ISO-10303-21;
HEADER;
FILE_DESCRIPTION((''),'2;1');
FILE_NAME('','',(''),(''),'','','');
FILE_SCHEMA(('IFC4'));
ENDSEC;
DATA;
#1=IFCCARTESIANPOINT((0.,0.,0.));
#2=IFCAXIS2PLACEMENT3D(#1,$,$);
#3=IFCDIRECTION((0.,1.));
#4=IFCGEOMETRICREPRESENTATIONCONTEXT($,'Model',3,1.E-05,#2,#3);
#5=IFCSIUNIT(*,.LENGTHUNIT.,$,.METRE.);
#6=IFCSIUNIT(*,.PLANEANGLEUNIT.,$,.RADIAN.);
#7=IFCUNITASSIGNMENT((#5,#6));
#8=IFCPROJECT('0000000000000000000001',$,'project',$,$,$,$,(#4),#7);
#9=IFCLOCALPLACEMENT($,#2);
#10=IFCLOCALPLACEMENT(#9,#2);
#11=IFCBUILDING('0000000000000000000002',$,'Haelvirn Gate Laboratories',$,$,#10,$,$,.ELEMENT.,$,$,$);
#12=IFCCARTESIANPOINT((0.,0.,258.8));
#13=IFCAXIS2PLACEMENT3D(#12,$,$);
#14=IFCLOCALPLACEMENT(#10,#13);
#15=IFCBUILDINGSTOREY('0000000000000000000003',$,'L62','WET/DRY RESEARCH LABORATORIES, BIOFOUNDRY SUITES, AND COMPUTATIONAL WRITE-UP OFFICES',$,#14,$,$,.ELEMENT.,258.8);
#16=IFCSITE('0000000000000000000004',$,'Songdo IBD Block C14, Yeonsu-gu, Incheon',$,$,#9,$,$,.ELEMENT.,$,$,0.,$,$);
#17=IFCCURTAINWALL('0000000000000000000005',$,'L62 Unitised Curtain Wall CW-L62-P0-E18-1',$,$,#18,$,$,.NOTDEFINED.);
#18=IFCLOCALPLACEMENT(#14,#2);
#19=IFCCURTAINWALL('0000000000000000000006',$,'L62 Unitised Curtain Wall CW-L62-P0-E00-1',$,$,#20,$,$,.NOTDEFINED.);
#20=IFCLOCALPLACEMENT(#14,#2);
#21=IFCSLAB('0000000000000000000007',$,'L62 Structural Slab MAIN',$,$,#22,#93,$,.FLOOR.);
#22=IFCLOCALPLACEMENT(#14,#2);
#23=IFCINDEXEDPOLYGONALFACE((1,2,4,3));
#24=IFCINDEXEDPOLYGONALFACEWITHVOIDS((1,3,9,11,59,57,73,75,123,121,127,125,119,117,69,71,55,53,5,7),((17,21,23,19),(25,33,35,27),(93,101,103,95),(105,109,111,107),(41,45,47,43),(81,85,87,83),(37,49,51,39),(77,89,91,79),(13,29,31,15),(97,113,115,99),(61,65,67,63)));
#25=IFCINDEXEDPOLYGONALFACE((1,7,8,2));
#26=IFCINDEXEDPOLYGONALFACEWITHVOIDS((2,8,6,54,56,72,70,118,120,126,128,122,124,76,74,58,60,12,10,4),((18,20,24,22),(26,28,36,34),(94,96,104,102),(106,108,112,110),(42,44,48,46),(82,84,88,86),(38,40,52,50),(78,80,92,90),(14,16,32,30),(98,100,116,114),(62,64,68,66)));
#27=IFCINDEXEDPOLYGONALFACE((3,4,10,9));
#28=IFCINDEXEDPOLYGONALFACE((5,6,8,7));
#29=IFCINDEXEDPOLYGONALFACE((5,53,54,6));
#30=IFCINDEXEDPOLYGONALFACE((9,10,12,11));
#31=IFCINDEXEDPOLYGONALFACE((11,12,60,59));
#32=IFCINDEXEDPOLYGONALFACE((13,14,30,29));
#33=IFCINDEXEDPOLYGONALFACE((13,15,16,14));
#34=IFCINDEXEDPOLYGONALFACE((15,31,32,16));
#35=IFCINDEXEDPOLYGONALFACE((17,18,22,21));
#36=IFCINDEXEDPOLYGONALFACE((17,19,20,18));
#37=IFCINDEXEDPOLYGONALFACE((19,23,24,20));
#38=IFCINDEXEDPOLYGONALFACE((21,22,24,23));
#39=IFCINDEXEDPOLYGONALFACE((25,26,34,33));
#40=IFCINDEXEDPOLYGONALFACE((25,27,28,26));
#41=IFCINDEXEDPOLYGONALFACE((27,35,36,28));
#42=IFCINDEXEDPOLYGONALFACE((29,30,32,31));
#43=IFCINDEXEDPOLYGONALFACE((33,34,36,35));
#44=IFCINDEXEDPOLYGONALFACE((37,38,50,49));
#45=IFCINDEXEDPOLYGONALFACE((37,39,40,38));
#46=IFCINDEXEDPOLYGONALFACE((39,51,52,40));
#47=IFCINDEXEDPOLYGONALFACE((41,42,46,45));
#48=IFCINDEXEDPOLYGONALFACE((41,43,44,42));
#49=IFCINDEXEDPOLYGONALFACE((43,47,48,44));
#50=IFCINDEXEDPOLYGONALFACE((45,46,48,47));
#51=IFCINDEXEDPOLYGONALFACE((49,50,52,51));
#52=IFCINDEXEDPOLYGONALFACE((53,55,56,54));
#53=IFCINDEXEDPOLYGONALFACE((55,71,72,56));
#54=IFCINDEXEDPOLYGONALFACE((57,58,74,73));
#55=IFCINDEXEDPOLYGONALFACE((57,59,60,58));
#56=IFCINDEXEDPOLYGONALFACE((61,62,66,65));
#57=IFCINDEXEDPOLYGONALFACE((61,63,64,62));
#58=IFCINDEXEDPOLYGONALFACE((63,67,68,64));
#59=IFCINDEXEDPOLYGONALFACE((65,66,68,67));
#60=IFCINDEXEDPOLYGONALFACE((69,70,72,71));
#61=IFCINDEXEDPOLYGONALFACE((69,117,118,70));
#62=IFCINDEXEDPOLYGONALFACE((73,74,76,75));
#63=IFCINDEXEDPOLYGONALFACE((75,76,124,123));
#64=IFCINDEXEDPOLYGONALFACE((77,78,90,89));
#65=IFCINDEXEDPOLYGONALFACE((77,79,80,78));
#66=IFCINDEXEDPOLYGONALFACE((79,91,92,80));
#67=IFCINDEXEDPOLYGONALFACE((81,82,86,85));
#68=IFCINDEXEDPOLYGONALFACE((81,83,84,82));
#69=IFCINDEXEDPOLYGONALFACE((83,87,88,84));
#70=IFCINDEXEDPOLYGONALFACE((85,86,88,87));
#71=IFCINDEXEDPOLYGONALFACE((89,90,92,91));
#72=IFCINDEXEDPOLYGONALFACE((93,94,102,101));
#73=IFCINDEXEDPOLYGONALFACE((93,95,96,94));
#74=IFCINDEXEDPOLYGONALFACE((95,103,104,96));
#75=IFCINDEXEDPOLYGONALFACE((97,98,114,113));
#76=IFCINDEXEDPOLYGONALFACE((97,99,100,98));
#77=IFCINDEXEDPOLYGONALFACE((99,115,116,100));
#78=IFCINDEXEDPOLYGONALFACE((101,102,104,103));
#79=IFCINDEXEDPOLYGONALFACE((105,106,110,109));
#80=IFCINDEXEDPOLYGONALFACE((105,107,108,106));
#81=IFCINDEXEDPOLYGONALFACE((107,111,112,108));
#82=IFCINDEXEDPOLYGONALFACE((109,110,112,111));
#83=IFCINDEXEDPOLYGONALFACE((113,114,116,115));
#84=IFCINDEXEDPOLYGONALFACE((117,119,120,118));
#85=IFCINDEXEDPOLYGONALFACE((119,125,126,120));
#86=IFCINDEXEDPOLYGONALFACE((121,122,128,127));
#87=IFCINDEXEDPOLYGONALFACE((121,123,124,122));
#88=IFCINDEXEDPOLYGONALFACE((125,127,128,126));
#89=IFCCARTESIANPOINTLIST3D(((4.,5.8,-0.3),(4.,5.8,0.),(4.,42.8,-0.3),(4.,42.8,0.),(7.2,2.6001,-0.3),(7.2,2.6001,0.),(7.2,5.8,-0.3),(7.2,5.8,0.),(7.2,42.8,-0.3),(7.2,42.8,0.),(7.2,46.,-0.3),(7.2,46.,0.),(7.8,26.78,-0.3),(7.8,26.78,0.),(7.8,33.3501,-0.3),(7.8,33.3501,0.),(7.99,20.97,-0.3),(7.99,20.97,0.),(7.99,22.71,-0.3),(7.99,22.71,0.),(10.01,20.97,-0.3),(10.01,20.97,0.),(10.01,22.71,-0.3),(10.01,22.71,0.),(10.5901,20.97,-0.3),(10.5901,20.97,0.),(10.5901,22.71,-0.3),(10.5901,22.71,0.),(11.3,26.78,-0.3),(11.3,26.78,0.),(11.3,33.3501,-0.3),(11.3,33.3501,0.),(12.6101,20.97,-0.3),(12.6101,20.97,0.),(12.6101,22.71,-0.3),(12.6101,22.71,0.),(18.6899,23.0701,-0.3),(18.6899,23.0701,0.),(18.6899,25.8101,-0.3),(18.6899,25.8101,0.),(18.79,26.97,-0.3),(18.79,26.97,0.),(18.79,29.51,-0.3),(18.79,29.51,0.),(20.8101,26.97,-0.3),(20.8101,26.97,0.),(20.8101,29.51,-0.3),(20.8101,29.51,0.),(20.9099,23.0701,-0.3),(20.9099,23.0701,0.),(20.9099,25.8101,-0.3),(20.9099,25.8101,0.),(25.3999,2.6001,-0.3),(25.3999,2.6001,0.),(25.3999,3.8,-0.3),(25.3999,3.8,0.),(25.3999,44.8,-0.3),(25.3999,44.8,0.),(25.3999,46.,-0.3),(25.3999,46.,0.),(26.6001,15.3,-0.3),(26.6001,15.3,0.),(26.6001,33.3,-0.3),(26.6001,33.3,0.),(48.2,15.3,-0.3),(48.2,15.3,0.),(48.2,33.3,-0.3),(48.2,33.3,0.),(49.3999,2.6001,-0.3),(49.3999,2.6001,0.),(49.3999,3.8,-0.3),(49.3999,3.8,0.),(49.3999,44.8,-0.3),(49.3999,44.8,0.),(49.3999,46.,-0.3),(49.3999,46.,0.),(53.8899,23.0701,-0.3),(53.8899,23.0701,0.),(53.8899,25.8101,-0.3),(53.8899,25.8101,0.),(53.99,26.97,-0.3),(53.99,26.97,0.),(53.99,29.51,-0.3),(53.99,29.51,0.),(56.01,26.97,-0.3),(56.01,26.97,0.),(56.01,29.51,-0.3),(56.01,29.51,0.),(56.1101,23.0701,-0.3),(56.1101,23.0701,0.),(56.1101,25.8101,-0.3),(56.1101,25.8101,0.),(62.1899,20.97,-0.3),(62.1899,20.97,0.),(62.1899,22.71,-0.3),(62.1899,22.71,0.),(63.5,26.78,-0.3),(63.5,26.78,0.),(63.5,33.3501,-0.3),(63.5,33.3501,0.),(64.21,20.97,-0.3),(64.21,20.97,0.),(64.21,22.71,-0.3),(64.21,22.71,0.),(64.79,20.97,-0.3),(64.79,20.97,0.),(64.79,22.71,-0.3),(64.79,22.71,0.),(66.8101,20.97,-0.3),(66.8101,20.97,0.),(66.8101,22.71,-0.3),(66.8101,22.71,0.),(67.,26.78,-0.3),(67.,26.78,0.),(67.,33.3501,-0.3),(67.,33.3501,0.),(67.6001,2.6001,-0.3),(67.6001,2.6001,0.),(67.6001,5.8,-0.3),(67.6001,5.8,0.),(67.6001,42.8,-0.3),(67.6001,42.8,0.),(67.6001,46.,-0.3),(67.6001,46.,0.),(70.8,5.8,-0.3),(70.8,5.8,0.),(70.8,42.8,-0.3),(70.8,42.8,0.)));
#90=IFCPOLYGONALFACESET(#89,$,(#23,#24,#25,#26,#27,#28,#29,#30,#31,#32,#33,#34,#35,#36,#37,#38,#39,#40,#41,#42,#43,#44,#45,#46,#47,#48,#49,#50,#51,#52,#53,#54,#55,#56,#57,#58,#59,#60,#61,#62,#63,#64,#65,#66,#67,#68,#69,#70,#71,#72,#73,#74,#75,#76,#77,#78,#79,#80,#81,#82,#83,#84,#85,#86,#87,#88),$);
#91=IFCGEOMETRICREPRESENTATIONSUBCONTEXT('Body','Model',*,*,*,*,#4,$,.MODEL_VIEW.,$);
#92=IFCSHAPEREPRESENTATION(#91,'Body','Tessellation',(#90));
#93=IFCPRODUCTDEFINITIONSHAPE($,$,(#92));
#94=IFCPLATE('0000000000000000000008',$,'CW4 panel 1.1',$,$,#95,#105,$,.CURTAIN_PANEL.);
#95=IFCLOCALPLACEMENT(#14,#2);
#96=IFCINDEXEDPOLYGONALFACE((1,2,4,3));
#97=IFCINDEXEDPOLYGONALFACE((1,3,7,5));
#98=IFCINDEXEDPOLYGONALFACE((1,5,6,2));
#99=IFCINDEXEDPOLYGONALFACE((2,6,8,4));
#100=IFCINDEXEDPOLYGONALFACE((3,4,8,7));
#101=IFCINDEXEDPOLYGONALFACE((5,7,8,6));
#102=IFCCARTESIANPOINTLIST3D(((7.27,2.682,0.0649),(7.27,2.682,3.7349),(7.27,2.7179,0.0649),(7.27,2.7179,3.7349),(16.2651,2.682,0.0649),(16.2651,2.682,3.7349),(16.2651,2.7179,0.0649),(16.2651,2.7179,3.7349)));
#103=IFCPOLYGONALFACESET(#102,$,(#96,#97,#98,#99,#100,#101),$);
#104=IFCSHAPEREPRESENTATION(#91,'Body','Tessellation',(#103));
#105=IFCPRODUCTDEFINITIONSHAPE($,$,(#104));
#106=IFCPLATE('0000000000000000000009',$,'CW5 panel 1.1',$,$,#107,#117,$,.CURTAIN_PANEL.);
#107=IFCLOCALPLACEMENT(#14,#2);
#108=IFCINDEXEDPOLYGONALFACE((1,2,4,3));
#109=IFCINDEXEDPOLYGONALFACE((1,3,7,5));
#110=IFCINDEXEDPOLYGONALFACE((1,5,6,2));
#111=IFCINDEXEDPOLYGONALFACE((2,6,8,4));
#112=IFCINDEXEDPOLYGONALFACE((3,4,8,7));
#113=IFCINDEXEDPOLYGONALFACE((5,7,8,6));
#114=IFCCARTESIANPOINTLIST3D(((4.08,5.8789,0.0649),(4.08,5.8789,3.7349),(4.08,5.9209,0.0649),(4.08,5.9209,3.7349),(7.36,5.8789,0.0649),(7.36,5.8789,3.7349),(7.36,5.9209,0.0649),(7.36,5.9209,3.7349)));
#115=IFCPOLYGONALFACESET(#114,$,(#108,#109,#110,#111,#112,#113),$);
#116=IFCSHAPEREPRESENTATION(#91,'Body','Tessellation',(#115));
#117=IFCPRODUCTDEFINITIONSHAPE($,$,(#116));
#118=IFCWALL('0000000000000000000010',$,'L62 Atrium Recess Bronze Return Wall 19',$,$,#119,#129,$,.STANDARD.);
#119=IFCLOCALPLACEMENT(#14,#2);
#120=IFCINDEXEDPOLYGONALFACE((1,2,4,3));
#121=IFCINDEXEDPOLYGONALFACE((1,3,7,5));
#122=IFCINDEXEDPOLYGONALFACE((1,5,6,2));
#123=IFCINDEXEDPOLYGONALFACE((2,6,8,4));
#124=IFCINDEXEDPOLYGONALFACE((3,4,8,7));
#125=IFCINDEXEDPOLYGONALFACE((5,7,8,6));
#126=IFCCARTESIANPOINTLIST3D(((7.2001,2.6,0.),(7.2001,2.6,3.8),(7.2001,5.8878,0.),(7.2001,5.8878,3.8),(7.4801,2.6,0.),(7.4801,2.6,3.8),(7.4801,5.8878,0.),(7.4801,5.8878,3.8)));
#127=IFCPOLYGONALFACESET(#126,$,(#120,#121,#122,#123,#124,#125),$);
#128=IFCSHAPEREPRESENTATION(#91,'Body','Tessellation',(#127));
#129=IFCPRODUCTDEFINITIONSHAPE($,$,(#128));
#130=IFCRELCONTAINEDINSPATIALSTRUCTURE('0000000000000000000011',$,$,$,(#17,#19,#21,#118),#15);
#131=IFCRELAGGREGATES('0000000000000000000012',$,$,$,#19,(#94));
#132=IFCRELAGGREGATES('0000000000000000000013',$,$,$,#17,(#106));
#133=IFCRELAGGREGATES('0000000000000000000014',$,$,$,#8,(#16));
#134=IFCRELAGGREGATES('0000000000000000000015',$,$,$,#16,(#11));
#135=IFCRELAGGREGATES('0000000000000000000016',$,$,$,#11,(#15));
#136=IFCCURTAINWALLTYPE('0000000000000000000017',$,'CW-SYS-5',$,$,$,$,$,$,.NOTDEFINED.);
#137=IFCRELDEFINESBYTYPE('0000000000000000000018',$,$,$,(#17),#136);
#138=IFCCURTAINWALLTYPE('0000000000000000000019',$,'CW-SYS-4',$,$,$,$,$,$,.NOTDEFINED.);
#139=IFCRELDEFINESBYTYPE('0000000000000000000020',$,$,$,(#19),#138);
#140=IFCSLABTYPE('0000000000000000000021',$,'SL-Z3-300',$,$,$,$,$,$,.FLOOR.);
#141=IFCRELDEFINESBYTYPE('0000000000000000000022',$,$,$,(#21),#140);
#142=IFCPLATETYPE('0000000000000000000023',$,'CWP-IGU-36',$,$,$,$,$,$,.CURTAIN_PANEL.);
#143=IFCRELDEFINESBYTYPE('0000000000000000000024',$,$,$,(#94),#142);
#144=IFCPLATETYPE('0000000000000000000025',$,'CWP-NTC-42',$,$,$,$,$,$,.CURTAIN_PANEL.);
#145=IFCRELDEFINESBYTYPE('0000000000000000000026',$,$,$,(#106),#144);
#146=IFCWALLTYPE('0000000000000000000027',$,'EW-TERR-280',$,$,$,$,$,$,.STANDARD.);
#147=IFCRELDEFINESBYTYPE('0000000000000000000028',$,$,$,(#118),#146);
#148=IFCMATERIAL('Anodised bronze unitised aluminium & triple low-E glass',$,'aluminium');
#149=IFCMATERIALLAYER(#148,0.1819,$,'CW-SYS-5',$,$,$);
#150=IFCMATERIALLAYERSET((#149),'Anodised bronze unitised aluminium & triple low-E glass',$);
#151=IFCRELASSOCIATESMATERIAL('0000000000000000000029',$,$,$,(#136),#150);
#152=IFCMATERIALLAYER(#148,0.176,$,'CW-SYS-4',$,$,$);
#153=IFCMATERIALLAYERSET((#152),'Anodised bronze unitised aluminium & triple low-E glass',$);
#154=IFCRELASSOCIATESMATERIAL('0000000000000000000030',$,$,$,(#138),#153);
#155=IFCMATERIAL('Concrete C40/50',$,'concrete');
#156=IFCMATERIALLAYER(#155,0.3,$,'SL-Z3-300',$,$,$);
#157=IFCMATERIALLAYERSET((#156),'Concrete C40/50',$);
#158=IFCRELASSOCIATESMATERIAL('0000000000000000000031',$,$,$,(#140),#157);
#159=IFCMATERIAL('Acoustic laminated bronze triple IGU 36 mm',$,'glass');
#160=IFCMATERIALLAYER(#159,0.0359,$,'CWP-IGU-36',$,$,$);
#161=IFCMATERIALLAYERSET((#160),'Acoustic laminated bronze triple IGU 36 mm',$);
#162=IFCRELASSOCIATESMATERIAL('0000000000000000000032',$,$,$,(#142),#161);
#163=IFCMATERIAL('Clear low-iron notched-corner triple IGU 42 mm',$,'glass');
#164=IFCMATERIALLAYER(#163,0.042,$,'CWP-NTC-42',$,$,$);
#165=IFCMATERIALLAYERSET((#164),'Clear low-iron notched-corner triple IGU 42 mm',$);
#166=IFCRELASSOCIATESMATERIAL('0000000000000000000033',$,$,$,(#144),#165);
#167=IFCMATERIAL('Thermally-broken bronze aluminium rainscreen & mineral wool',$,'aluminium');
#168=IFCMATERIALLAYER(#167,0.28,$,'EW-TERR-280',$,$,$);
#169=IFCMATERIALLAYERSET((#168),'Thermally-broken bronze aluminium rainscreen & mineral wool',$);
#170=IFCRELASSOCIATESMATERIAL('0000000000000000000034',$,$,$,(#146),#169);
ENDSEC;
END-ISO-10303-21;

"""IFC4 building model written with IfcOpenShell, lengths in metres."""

from ifc_helpers import new_model, si_unit, direction, frame, frame_2d, origin, origin_2d, place, context, subcontext, project, spatial, polyline, rectangle, outline, extrude, source, transform, mapped, material, layer, layer_set, type_object, type_shapes, element, aggregate, save


model = new_model("IFC4")

# Units and contexts
model_context = context("Model", 3, precision=1e-05, world=origin(), true_north=direction((0.0, 1.0)))
body_context = subcontext(model_context, "Body", "Model", "MODEL_VIEW")
ifc_project = project(units=[si_unit("LENGTHUNIT", "METRE"), si_unit("PLANEANGLEUNIT", "RADIAN")], contexts=[model_context])

# Site, building, storey
site_placement = place(None, origin())
site = spatial("IfcSite", under=ifc_project, at=site_placement, Name="Songdo IBD Block C14, Yeonsu-gu, Incheon", CompositionType="ELEMENT", RefElevation=0.0)
building_placement = place(site_placement, origin())
building = spatial("IfcBuilding", under=site, at=building_placement, Name="Haelvirn Gate Laboratories", CompositionType="ELEMENT")
storey_placement = place(building_placement, frame((0.0, 0.0, 258.8)))
storey = spatial("IfcBuildingStorey", under=building, at=storey_placement, Name="L62", Description="WET/DRY RESEARCH LABORATORIES, BIOFOUNDRY SUITES, AND COMPUTATIONAL WRITE-UP OFFICES", CompositionType="ELEMENT", Elevation=258.8)

# Curtain wall
ifc_material_1 = material(Name="Anodised bronze unitised aluminium & triple low-E glass", Category="aluminium")
ifc_layer_1 = layer(ifc_material_1, 0.1819, Name="CW-SYS-5")
ifc_layer_set_1 = layer_set([ifc_layer_1], Name="Anodised bronze unitised aluminium & triple low-E glass")
curtain_wall_type_1 = type_object("IfcCurtainWallType", Name="CW-SYS-5", PredefinedType="NOTDEFINED", material=ifc_layer_set_1)
curtain_wall_1_placement = place(storey_placement, origin())
curtain_wall_1 = element("IfcCurtainWall", 1, at=curtain_wall_1_placement, inside=storey, type_object=curtain_wall_type_1, Name="L62 Unitised Curtain Wall CW-L62-P0-E18-1", PredefinedType="NOTDEFINED")

# Curtain wall
ifc_layer_2 = layer(ifc_material_1, 0.176, Name="CW-SYS-4")
ifc_layer_set_2 = layer_set([ifc_layer_2], Name="Anodised bronze unitised aluminium & triple low-E glass")
curtain_wall_type_2 = type_object("IfcCurtainWallType", Name="CW-SYS-4", PredefinedType="NOTDEFINED", material=ifc_layer_set_2)
curtain_wall_2_placement = place(storey_placement, origin())
curtain_wall_2 = element("IfcCurtainWall", 2, at=curtain_wall_2_placement, inside=storey, type_object=curtain_wall_type_2, Name="L62 Unitised Curtain Wall CW-L62-P0-E00-1", PredefinedType="NOTDEFINED")

# Shared definitions
ifc_material_2 = material(Name="Concrete C40/50", Category="concrete")

# Slab
ifc_layer_3 = layer(ifc_material_2, 0.3, Name="SL-Z3-300")
ifc_layer_set_3 = layer_set([ifc_layer_3], Name="Concrete C40/50")
slab_type_1 = type_object("IfcSlabType", Name="SL-Z3-300", PredefinedType="FLOOR", material=ifc_layer_set_3)
slab_1_placement = place(storey_placement, frame((0.0, 0.0, -0.3)))
element("IfcSlab", 3, at=slab_1_placement, inside=storey, type_object=slab_type_1, Name="L62 Structural Slab MAIN", PredefinedType="FLOOR", context=body_context, shape_type="SweptSolid", body=[
    extrude(outline(polyline([(7.2, 2.6001), (25.3999, 2.6001), (25.3999, 3.8), (49.3999, 3.8), (49.3999, 2.6001), (67.6001, 2.6001), (67.6001, 5.8), (70.8, 5.8), (70.8, 42.8), (67.6001, 42.8), (67.6001, 46.0), (49.3999, 46.0), (49.3999, 44.8), (25.3999, 44.8), (25.3999, 46.0), (7.2, 46.0), (7.2, 42.8), (4.0, 42.8), (4.0, 5.8), (7.2, 5.8), (7.2, 2.6001)]), holes=[polyline([(26.6001, 15.3), (48.2, 15.3), (48.2, 33.3), (26.6001, 33.3), (26.6001, 15.3)]), polyline([(11.3, 26.78), (11.3, 33.3501), (7.8, 33.3501), (7.8, 26.78), (11.3, 26.78)]), polyline([(67.0, 26.78), (67.0, 33.3501), (63.5, 33.3501), (63.5, 26.78), (67.0, 26.78)]), polyline([(7.99, 20.97), (10.01, 20.97), (10.01, 22.71), (7.99, 22.71), (7.99, 20.97)]), polyline([(10.5901, 20.97), (12.6101, 20.97), (12.6101, 22.71), (10.5901, 22.71), (10.5901, 20.97)]), polyline([(18.79, 26.97), (20.8101, 26.97), (20.8101, 29.51), (18.79, 29.51), (18.79, 26.97)]), polyline([(18.6899, 23.0701), (20.9099, 23.0701), (20.9099, 25.8101), (18.6899, 25.8101), (18.6899, 23.0701)]), polyline([(64.79, 20.97), (66.8101, 20.97), (66.8101, 22.71), (64.79, 22.71), (64.79, 20.97)]), polyline([(62.1899, 20.97), (64.21, 20.97), (64.21, 22.71), (62.1899, 22.71), (62.1899, 20.97)]), polyline([(53.99, 26.97), (56.01, 26.97), (56.01, 29.51), (53.99, 29.51), (53.99, 26.97)]), polyline([(53.8899, 23.0701), (56.1101, 23.0701), (56.1101, 25.8101), (53.8899, 25.8101), (53.8899, 23.0701)])]), origin(), (0.0, 0.0, 1.0), 0.3),
])

# Plates
ifc_material_3 = material(Name="Acoustic laminated bronze triple IGU 36 mm", Category="glass")
ifc_layer_4 = layer(ifc_material_3, 0.0359, Name="CWP-IGU-36")
ifc_layer_set_4 = layer_set([ifc_layer_4], Name="Acoustic laminated bronze triple IGU 36 mm")
plate_type_1 = type_object("IfcPlateType", Name="CWP-IGU-36", PredefinedType="CURTAIN_PANEL", material=ifc_layer_set_4)
shared_shape_1 = source(origin(), body_context, "Body", "SweptSolid", [
    extrude(rectangle(XDim=8.9951, YDim=0.0359, at=origin_2d()), origin(), (0.0, 0.0, 1.0), 3.6699),
])
type_shapes(plate_type_1, [shared_shape_1])
plate_1_placement = place(storey_placement, frame((11.7676, 2.7, 0.0649), z_axis=(0.0, 0.0, 1.0), x_axis=(1.0, 0.0, 0.0)))
plate_1 = element("IfcPlate", 4, at=plate_1_placement, type_object=plate_type_1, Name="CW4 panel 1.1", PredefinedType="CURTAIN_PANEL", context=body_context, shape_type="MappedRepresentation", body=[
    mapped(shared_shape_1, transform((0.0, 0.0, 0.0), scale=1.0)),
])
aggregate(curtain_wall_2, [plate_1])
ifc_material_4 = material(Name="Clear low-iron notched-corner triple IGU 42 mm", Category="glass")
ifc_layer_5 = layer(ifc_material_4, 0.042, Name="CWP-NTC-42")
ifc_layer_set_5 = layer_set([ifc_layer_5], Name="Clear low-iron notched-corner triple IGU 42 mm")
plate_type_2 = type_object("IfcPlateType", Name="CWP-NTC-42", PredefinedType="CURTAIN_PANEL", material=ifc_layer_set_5)
shared_shape_2 = source(origin(), body_context, "Body", "SweptSolid", [
    extrude(rectangle(XDim=3.28, YDim=0.042, at=origin_2d()), origin(), (0.0, 0.0, 1.0), 3.6699),
])
type_shapes(plate_type_2, [shared_shape_2])
plate_2_placement = place(storey_placement, frame((5.72, 5.8999, 0.0649), z_axis=(0.0, 0.0, 1.0), x_axis=(1.0, 0.0, 0.0)))
plate_2 = element("IfcPlate", 5, at=plate_2_placement, type_object=plate_type_2, Name="CW5 panel 1.1", PredefinedType="CURTAIN_PANEL", context=body_context, shape_type="MappedRepresentation", body=[
    mapped(shared_shape_2, transform((0.0, 0.0, 0.0), scale=1.0)),
])
aggregate(curtain_wall_1, [plate_2])

# Wall
ifc_material_5 = material(Name="Thermally-broken bronze aluminium rainscreen & mineral wool", Category="aluminium")
ifc_layer_6 = layer(ifc_material_5, 0.28, Name="EW-TERR-280")
ifc_layer_set_6 = layer_set([ifc_layer_6], Name="Thermally-broken bronze aluminium rainscreen & mineral wool")
wall_type = type_object("IfcWallType", Name="EW-TERR-280", PredefinedType="STANDARD", material=ifc_layer_set_6)
wall_placement = place(storey_placement, frame((7.3401, 5.8879, 0.0), z_axis=(0.0, 0.0, 1.0), x_axis=(0.0, -1.0, 0.0)))
element("IfcWall", 6, at=wall_placement, inside=storey, type_object=wall_type, Name="L62 Atrium Recess Bronze Return Wall 19", PredefinedType="STANDARD", context=body_context, shape_type="SweptSolid", body=[
    extrude(rectangle(XDim=3.2878, YDim=0.28, at=frame_2d((1.644, 0.0))), origin(), (0.0, 0.0, 1.0), 3.8),
])

save(model, "model.ifc")
